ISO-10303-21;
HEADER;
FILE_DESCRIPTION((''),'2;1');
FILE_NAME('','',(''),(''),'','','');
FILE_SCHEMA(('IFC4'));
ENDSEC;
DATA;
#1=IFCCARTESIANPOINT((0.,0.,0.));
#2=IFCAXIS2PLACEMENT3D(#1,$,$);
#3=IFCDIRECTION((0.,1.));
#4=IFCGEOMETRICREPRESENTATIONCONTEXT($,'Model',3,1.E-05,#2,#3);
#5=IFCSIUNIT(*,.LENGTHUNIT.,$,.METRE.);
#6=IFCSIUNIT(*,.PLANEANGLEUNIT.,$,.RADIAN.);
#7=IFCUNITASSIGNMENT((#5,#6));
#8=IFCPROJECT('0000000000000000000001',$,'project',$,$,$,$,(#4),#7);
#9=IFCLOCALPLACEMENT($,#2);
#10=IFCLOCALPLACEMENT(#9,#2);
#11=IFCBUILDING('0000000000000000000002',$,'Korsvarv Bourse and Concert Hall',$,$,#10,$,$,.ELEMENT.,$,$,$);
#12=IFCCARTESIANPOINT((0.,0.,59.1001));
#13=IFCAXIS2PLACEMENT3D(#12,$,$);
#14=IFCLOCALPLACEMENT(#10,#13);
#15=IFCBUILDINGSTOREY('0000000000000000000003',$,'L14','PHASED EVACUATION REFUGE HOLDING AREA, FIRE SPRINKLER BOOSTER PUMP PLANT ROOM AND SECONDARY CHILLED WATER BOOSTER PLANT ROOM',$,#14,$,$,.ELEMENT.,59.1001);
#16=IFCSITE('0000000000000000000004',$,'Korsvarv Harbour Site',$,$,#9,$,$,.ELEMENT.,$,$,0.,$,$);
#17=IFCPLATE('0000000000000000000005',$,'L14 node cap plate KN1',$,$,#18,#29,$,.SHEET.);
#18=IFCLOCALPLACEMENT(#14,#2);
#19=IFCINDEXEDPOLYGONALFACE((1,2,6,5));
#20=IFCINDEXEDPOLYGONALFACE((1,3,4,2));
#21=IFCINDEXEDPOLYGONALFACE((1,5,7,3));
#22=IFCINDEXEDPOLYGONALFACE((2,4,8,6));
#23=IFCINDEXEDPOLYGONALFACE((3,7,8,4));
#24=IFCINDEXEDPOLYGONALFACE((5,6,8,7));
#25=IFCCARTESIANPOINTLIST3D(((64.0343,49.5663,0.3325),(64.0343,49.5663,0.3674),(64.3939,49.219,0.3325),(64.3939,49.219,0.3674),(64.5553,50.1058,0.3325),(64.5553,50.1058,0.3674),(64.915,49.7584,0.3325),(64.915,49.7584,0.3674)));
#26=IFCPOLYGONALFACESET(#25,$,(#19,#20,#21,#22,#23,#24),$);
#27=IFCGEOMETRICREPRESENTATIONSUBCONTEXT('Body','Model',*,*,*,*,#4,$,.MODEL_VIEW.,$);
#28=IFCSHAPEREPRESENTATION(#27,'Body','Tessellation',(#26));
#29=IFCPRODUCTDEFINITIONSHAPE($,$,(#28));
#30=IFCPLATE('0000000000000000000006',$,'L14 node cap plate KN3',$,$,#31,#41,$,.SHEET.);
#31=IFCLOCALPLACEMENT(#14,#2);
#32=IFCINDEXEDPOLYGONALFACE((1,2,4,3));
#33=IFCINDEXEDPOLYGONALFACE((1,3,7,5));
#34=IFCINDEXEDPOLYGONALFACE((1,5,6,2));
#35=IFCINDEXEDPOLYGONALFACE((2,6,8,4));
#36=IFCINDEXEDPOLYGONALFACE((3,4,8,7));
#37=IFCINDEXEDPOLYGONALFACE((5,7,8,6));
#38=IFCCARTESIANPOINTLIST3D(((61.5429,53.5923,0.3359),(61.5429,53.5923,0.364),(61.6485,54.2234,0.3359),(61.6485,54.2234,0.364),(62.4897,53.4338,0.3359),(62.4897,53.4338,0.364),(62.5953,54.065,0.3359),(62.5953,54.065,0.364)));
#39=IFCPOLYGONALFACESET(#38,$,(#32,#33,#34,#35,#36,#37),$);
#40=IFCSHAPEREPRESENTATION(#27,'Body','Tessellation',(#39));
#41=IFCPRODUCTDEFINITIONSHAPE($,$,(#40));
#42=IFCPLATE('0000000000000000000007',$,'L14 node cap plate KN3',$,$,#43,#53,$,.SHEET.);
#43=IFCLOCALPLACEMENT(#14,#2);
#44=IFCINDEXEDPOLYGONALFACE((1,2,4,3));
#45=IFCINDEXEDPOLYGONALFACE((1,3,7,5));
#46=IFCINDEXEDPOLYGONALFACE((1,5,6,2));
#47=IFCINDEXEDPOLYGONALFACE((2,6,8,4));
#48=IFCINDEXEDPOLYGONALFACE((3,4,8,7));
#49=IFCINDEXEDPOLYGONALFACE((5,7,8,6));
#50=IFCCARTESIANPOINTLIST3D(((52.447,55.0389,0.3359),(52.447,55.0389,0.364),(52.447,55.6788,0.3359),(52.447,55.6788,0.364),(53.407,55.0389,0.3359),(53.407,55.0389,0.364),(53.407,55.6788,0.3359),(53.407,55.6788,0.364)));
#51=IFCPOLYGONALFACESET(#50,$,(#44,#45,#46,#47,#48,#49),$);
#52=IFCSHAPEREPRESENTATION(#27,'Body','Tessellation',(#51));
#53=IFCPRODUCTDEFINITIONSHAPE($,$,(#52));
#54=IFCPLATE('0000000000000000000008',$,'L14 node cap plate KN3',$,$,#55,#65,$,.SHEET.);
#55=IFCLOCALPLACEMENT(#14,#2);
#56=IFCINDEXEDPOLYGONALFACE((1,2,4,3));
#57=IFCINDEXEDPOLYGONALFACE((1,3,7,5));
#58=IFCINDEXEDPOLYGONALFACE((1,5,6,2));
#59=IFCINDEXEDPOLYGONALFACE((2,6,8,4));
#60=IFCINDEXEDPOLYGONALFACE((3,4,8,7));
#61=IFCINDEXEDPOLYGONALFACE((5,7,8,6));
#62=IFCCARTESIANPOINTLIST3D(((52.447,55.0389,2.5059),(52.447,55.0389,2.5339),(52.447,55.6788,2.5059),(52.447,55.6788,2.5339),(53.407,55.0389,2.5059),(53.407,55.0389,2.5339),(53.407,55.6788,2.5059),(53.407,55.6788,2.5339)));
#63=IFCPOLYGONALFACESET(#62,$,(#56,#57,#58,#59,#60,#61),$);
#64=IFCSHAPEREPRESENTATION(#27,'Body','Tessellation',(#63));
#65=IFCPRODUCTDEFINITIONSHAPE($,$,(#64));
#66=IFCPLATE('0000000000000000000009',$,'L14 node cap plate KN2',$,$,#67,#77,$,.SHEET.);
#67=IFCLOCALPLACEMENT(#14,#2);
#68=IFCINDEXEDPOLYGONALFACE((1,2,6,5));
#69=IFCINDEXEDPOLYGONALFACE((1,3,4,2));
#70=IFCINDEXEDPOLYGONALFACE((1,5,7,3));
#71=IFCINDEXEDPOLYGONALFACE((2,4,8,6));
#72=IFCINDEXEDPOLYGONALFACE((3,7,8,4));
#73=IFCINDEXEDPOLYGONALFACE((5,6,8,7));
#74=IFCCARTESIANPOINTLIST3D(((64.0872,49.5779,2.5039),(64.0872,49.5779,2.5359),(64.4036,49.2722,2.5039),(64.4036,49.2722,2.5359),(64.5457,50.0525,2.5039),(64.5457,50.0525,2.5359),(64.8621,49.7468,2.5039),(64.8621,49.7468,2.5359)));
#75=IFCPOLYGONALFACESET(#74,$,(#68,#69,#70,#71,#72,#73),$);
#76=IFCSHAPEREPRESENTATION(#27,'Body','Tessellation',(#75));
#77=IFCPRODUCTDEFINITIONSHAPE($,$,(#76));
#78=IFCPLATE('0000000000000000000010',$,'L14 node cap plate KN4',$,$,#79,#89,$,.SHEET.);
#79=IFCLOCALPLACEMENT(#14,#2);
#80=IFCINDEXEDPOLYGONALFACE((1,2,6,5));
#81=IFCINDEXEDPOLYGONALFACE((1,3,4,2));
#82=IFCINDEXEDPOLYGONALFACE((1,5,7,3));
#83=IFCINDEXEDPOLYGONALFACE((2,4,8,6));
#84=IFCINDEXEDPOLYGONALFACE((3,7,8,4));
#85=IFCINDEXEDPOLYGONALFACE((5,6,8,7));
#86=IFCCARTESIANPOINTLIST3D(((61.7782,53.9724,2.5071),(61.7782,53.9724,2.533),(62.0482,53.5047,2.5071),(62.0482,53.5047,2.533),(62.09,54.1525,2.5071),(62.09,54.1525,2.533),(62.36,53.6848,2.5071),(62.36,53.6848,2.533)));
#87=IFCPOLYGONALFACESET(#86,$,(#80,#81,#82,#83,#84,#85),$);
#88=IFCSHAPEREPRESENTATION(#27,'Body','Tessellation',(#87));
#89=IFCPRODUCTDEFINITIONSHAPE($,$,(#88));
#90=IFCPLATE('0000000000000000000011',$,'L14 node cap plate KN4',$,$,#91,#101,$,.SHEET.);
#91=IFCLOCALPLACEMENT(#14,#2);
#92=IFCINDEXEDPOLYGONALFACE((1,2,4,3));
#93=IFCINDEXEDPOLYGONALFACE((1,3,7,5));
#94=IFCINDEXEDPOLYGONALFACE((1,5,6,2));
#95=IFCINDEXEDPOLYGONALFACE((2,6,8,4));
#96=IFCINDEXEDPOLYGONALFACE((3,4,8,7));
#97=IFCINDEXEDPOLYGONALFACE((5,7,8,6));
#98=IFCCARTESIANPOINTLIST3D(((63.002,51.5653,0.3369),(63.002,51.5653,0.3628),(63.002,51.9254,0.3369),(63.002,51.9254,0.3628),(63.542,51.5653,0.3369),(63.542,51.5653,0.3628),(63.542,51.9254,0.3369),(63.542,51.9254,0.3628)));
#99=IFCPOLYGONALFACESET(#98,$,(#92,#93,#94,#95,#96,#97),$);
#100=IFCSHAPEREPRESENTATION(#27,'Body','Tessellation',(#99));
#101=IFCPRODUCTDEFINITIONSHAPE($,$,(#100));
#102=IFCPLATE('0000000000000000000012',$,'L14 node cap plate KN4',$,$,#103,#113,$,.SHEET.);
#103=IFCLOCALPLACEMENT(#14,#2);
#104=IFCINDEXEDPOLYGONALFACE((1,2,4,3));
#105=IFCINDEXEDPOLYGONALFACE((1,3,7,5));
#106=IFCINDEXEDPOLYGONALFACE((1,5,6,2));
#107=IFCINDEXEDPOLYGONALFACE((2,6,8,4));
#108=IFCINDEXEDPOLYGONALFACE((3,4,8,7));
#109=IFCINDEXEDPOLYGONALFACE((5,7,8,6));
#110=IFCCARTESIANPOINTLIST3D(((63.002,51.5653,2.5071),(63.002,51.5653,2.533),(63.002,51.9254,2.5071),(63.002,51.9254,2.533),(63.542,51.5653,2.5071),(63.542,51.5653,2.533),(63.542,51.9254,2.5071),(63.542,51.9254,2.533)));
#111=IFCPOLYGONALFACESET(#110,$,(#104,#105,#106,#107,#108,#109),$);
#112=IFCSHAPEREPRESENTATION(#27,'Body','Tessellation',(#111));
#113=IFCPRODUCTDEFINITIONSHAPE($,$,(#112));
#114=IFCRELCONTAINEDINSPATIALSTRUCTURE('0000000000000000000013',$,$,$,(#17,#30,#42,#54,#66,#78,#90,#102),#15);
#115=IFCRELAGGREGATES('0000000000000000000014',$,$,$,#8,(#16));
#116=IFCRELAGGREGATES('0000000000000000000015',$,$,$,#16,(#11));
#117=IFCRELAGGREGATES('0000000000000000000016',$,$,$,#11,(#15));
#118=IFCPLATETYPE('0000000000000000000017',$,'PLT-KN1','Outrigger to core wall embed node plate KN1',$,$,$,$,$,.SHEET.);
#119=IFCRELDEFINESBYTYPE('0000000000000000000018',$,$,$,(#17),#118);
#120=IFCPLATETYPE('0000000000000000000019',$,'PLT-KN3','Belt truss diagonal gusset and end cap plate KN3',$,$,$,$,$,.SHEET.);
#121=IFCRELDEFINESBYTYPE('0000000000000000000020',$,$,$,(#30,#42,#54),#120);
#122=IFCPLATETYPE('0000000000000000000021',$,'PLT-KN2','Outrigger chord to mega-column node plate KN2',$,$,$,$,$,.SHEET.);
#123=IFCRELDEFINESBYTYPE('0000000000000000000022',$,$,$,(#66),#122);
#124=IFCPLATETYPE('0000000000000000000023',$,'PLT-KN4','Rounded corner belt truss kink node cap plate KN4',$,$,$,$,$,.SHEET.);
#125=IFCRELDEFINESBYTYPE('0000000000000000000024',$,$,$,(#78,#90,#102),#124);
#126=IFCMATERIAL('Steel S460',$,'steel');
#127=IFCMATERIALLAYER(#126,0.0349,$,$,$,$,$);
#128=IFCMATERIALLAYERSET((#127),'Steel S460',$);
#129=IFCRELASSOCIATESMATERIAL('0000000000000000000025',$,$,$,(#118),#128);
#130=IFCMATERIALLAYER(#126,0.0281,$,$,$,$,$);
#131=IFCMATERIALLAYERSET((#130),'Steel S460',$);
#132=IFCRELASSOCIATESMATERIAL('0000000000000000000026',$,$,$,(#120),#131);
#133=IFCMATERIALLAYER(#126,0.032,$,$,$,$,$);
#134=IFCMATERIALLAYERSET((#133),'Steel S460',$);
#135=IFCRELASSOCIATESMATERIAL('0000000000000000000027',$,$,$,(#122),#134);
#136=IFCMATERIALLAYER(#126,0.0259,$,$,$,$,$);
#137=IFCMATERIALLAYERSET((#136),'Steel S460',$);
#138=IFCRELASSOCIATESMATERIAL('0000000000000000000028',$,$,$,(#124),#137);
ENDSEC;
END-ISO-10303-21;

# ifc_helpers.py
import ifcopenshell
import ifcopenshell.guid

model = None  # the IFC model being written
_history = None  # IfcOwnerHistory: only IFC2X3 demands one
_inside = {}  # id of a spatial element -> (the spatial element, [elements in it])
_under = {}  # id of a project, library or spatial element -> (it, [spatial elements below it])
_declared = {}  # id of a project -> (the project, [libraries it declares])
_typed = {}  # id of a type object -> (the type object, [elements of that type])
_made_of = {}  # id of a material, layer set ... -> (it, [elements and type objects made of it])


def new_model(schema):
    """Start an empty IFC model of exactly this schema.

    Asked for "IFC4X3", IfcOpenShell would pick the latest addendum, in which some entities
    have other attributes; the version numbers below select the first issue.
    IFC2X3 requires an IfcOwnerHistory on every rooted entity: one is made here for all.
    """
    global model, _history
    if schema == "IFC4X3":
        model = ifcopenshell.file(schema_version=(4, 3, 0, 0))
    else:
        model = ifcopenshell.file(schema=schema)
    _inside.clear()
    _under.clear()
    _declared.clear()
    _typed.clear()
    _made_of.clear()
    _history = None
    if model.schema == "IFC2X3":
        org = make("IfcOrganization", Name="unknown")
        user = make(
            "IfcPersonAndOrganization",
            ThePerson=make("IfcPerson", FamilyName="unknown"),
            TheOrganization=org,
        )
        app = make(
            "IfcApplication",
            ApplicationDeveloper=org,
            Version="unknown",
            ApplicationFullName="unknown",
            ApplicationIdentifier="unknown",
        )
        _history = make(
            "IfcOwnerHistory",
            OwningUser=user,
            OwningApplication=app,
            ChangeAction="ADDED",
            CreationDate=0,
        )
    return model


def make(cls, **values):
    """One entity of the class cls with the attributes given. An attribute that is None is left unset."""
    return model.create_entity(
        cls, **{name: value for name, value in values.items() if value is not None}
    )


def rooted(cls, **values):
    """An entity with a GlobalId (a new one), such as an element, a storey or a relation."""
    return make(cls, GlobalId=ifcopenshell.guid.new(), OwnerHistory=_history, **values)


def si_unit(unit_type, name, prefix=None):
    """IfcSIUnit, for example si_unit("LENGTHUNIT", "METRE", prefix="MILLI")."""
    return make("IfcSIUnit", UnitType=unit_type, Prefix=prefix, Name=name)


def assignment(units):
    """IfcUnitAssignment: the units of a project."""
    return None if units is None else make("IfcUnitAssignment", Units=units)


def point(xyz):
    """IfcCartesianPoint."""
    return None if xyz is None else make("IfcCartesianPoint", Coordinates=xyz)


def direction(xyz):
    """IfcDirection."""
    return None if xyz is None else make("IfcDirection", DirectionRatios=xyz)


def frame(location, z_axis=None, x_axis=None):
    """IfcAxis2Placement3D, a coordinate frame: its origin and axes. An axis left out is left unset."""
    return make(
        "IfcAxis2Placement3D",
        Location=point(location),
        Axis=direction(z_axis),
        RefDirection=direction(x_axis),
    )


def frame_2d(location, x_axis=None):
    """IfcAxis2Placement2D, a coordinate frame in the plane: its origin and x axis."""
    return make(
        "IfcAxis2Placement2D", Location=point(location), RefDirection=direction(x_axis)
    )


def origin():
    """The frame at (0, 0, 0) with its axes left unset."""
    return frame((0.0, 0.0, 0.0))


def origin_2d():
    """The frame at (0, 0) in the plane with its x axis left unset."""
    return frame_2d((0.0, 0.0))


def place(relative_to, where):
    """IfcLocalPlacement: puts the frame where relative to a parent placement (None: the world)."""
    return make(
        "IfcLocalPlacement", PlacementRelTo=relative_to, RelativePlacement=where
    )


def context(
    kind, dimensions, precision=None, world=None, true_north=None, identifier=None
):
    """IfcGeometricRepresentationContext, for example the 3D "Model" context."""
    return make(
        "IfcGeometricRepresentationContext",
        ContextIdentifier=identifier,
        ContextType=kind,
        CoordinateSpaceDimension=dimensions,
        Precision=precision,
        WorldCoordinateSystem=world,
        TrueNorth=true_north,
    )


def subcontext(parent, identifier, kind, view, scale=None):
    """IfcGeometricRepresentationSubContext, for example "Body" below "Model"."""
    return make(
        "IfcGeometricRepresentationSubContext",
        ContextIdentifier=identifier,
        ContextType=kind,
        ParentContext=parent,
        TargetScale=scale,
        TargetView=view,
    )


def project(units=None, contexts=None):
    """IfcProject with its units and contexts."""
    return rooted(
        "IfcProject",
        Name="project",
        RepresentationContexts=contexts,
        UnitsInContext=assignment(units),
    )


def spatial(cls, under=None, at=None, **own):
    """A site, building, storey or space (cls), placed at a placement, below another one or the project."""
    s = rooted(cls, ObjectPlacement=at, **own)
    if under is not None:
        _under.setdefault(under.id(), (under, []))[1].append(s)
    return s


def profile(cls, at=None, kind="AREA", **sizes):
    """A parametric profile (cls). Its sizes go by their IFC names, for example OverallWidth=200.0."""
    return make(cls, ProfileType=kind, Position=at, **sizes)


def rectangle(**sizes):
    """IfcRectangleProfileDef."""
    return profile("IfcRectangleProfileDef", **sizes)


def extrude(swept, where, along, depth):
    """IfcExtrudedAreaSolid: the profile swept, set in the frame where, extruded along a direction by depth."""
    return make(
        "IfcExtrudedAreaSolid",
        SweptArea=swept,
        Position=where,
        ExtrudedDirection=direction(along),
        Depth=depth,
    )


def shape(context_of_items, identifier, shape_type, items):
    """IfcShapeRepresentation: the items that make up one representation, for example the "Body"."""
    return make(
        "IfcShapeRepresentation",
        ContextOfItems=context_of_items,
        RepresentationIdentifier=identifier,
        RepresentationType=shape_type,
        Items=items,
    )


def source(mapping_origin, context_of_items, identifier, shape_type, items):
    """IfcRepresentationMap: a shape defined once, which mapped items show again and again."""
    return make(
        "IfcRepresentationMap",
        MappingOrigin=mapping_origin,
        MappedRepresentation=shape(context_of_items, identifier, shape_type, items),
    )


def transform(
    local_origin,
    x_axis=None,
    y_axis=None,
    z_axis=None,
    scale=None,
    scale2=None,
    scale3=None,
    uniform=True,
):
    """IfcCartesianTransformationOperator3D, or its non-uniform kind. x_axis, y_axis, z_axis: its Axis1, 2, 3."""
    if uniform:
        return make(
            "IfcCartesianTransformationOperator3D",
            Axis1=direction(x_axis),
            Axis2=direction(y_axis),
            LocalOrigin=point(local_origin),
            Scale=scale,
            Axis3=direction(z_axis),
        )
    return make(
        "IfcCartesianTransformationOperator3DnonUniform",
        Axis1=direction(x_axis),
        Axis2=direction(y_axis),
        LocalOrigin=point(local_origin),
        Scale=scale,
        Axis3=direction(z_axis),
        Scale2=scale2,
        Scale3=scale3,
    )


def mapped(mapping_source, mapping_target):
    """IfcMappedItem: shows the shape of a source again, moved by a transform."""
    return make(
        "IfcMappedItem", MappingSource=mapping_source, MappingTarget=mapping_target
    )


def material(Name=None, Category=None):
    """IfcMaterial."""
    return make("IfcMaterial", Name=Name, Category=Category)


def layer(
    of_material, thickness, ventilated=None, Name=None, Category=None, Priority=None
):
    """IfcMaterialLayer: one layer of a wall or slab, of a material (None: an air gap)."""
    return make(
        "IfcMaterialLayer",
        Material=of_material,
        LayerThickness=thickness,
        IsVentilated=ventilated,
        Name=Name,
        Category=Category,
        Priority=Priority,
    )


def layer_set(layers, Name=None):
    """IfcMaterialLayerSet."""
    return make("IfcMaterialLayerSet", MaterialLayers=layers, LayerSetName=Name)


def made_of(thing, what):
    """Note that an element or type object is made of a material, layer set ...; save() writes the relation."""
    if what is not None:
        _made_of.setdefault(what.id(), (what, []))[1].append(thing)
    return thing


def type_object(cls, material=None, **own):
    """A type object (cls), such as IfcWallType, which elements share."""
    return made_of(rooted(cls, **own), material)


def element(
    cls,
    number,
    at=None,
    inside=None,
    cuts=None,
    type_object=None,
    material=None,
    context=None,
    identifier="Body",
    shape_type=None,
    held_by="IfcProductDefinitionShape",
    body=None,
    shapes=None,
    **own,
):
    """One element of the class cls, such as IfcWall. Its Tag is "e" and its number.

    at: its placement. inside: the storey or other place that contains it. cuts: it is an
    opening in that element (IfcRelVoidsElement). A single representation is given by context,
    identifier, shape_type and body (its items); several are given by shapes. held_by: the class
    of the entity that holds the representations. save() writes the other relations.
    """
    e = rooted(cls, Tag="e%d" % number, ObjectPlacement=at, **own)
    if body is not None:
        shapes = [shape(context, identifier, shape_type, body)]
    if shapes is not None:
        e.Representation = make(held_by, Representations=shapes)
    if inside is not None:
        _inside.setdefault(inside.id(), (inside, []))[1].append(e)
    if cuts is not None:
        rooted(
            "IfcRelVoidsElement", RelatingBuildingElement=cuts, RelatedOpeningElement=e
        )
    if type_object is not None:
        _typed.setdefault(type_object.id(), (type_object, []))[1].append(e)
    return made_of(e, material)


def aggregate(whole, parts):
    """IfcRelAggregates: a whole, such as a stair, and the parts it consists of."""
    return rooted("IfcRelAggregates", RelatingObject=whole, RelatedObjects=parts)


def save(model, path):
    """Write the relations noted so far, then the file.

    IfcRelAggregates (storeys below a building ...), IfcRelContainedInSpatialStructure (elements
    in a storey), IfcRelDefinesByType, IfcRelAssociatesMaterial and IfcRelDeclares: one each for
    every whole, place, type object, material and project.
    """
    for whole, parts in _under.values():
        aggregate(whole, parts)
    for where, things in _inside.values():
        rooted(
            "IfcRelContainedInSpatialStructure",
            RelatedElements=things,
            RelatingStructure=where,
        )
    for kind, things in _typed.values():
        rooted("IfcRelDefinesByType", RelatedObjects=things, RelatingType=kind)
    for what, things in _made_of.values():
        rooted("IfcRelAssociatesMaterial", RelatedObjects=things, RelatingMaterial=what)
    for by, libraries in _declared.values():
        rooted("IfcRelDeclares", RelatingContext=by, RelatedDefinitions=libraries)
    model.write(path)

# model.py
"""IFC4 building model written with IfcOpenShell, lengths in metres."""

from ifc_helpers import new_model, si_unit, direction, frame, origin, origin_2d, place, context, subcontext, project, spatial, rectangle, extrude, source, transform, mapped, material, layer, layer_set, type_object, element, save


model = new_model("IFC4")

# Units and contexts
model_context = context("Model", 3, precision=1e-05, world=origin(), true_north=direction((0.0, 1.0)))
body_context = subcontext(model_context, "Body", "Model", "MODEL_VIEW")
ifc_project = project(units=[si_unit("LENGTHUNIT", "METRE"), si_unit("PLANEANGLEUNIT", "RADIAN")], contexts=[model_context])

# Site, building, storey
site_placement = place(None, origin())
site = spatial("IfcSite", under=ifc_project, at=site_placement, Name="Korsvarv Harbour Site", CompositionType="ELEMENT", RefElevation=0.0)
building_placement = place(site_placement, origin())
building = spatial("IfcBuilding", under=site, at=building_placement, Name="Korsvarv Bourse and Concert Hall", CompositionType="ELEMENT")
storey_placement = place(building_placement, frame((0.0, 0.0, 59.1001)))
storey = spatial("IfcBuildingStorey", under=building, at=storey_placement, Name="L14", Description="PHASED EVACUATION REFUGE HOLDING AREA, FIRE SPRINKLER BOOSTER PUMP PLANT ROOM AND SECONDARY CHILLED WATER BOOSTER PLANT ROOM", CompositionType="ELEMENT", Elevation=59.1001)

# Shared definitions
ifc_material_1 = material(Name="Steel S460", Category="steel")

# Plates
ifc_layer_1 = layer(ifc_material_1, 0.0349)
ifc_layer_set_1 = layer_set([ifc_layer_1], Name="Steel S460")
plate_type_1 = type_object("IfcPlateType", Name="PLT-KN1", Description="Outrigger to core wall embed node plate KN1", PredefinedType="SHEET", material=ifc_layer_set_1)
shared_shape_1 = source(origin(), body_context, "Body", "SweptSolid", [
    extrude(rectangle(XDim=0.75, YDim=0.5, at=origin_2d()), origin(), (0.0, 0.0, 1.0), 0.0349),
])
plate_1_placement = place(storey_placement, frame((64.4746, 49.6624, 0.3325), z_axis=(0.0, 0.0, 1.0), x_axis=(0.694784, 0.719219, 0.0)))
element("IfcPlate", 1, at=plate_1_placement, inside=storey, type_object=plate_type_1, Name="L14 node cap plate KN1", PredefinedType="SHEET", context=body_context, shape_type="MappedRepresentation", body=[
    mapped(shared_shape_1, transform((0.0, 0.0, 0.0), scale=1.0)),
])
ifc_layer_2 = layer(ifc_material_1, 0.0281)
ifc_layer_set_2 = layer_set([ifc_layer_2], Name="Steel S460")
plate_type_2 = type_object("IfcPlateType", Name="PLT-KN3", Description="Belt truss diagonal gusset and end cap plate KN3", PredefinedType="SHEET", material=ifc_layer_set_2)
shared_shape_2 = source(origin(), body_context, "Body", "SweptSolid", [
    extrude(rectangle(XDim=0.96, YDim=0.6399, at=origin_2d()), origin(), (0.0, 0.0, 1.0), 0.0281),
])
for number, where, z_axis, x_axis, name in (
    (2, (62.0691, 53.8286, 0.3359), (0.0, 0.0, 1.0), (-0.986286, 0.165048, 0.0), "L14 node cap plate KN3"),
    (3, (52.927, 55.3589, 0.3359), (0.0, 0.0, 1.0), (1.0, 0.0, 0.0), "L14 node cap plate KN3"),
    (4, (52.927, 55.3589, 2.5059), (0.0, 0.0, 1.0), (1.0, 0.0, 0.0), "L14 node cap plate KN3"),
):
    element("IfcPlate", number, at=place(storey_placement, frame(where, z_axis=z_axis, x_axis=x_axis)), inside=storey, type_object=plate_type_2, Name=name, PredefinedType="SHEET", context=body_context, shape_type="MappedRepresentation", body=[
        mapped(shared_shape_2, transform((0.0, 0.0, 0.0), scale=1.0)),
    ])
ifc_layer_3 = layer(ifc_material_1, 0.032)
ifc_layer_set_3 = layer_set([ifc_layer_3], Name="Steel S460")
plate_type_3 = type_object("IfcPlateType", Name="PLT-KN2", Description="Outrigger chord to mega-column node plate KN2", PredefinedType="SHEET", material=ifc_layer_set_3)
shared_shape_3 = source(origin(), body_context, "Body", "SweptSolid", [
    extrude(rectangle(XDim=0.6599, YDim=0.4399, at=origin_2d()), origin(), (0.0, 0.0, 1.0), 0.032),
])
plate_2_placement = place(storey_placement, frame((64.4746, 49.6624, 2.5039), z_axis=(0.0, 0.0, 1.0), x_axis=(0.694784, 0.719219, 0.0)))
element("IfcPlate", 5, at=plate_2_placement, inside=storey, type_object=plate_type_3, Name="L14 node cap plate KN2", PredefinedType="SHEET", context=body_context, shape_type="MappedRepresentation", body=[
    mapped(shared_shape_3, transform((0.0, 0.0, 0.0), scale=1.0)),
])
ifc_layer_4 = layer(ifc_material_1, 0.0259)
ifc_layer_set_4 = layer_set([ifc_layer_4], Name="Steel S460")
plate_type_4 = type_object("IfcPlateType", Name="PLT-KN4", Description="Rounded corner belt truss kink node cap plate KN4", PredefinedType="SHEET", material=ifc_layer_set_4)
shared_shape_4 = source(origin(), body_context, "Body", "SweptSolid", [
    extrude(rectangle(XDim=0.54, YDim=0.3601, at=origin_2d()), origin(), (0.0, 0.0, 1.0), 0.0259),
])
for number, where, z_axis, x_axis, name in (
    (6, (62.0691, 53.8286, 2.5071), (0.0, 0.0, 1.0), (-0.5, 0.866025, 0.0), "L14 node cap plate KN4"),
    (7, (63.272, 51.7454, 0.3369), (0.0, 0.0, 1.0), (1.0, 0.0, 0.0), "L14 node cap plate KN4"),
    (8, (63.272, 51.7454, 2.5071), (0.0, 0.0, 1.0), (1.0, 0.0, 0.0), "L14 node cap plate KN4"),
):
    element("IfcPlate", number, at=place(storey_placement, frame(where, z_axis=z_axis, x_axis=x_axis)), inside=storey, type_object=plate_type_4, Name=name, PredefinedType="SHEET", context=body_context, shape_type="MappedRepresentation", body=[
        mapped(shared_shape_4, transform((0.0, 0.0, 0.0), scale=1.0)),
    ])

save(model, "model.ifc")
